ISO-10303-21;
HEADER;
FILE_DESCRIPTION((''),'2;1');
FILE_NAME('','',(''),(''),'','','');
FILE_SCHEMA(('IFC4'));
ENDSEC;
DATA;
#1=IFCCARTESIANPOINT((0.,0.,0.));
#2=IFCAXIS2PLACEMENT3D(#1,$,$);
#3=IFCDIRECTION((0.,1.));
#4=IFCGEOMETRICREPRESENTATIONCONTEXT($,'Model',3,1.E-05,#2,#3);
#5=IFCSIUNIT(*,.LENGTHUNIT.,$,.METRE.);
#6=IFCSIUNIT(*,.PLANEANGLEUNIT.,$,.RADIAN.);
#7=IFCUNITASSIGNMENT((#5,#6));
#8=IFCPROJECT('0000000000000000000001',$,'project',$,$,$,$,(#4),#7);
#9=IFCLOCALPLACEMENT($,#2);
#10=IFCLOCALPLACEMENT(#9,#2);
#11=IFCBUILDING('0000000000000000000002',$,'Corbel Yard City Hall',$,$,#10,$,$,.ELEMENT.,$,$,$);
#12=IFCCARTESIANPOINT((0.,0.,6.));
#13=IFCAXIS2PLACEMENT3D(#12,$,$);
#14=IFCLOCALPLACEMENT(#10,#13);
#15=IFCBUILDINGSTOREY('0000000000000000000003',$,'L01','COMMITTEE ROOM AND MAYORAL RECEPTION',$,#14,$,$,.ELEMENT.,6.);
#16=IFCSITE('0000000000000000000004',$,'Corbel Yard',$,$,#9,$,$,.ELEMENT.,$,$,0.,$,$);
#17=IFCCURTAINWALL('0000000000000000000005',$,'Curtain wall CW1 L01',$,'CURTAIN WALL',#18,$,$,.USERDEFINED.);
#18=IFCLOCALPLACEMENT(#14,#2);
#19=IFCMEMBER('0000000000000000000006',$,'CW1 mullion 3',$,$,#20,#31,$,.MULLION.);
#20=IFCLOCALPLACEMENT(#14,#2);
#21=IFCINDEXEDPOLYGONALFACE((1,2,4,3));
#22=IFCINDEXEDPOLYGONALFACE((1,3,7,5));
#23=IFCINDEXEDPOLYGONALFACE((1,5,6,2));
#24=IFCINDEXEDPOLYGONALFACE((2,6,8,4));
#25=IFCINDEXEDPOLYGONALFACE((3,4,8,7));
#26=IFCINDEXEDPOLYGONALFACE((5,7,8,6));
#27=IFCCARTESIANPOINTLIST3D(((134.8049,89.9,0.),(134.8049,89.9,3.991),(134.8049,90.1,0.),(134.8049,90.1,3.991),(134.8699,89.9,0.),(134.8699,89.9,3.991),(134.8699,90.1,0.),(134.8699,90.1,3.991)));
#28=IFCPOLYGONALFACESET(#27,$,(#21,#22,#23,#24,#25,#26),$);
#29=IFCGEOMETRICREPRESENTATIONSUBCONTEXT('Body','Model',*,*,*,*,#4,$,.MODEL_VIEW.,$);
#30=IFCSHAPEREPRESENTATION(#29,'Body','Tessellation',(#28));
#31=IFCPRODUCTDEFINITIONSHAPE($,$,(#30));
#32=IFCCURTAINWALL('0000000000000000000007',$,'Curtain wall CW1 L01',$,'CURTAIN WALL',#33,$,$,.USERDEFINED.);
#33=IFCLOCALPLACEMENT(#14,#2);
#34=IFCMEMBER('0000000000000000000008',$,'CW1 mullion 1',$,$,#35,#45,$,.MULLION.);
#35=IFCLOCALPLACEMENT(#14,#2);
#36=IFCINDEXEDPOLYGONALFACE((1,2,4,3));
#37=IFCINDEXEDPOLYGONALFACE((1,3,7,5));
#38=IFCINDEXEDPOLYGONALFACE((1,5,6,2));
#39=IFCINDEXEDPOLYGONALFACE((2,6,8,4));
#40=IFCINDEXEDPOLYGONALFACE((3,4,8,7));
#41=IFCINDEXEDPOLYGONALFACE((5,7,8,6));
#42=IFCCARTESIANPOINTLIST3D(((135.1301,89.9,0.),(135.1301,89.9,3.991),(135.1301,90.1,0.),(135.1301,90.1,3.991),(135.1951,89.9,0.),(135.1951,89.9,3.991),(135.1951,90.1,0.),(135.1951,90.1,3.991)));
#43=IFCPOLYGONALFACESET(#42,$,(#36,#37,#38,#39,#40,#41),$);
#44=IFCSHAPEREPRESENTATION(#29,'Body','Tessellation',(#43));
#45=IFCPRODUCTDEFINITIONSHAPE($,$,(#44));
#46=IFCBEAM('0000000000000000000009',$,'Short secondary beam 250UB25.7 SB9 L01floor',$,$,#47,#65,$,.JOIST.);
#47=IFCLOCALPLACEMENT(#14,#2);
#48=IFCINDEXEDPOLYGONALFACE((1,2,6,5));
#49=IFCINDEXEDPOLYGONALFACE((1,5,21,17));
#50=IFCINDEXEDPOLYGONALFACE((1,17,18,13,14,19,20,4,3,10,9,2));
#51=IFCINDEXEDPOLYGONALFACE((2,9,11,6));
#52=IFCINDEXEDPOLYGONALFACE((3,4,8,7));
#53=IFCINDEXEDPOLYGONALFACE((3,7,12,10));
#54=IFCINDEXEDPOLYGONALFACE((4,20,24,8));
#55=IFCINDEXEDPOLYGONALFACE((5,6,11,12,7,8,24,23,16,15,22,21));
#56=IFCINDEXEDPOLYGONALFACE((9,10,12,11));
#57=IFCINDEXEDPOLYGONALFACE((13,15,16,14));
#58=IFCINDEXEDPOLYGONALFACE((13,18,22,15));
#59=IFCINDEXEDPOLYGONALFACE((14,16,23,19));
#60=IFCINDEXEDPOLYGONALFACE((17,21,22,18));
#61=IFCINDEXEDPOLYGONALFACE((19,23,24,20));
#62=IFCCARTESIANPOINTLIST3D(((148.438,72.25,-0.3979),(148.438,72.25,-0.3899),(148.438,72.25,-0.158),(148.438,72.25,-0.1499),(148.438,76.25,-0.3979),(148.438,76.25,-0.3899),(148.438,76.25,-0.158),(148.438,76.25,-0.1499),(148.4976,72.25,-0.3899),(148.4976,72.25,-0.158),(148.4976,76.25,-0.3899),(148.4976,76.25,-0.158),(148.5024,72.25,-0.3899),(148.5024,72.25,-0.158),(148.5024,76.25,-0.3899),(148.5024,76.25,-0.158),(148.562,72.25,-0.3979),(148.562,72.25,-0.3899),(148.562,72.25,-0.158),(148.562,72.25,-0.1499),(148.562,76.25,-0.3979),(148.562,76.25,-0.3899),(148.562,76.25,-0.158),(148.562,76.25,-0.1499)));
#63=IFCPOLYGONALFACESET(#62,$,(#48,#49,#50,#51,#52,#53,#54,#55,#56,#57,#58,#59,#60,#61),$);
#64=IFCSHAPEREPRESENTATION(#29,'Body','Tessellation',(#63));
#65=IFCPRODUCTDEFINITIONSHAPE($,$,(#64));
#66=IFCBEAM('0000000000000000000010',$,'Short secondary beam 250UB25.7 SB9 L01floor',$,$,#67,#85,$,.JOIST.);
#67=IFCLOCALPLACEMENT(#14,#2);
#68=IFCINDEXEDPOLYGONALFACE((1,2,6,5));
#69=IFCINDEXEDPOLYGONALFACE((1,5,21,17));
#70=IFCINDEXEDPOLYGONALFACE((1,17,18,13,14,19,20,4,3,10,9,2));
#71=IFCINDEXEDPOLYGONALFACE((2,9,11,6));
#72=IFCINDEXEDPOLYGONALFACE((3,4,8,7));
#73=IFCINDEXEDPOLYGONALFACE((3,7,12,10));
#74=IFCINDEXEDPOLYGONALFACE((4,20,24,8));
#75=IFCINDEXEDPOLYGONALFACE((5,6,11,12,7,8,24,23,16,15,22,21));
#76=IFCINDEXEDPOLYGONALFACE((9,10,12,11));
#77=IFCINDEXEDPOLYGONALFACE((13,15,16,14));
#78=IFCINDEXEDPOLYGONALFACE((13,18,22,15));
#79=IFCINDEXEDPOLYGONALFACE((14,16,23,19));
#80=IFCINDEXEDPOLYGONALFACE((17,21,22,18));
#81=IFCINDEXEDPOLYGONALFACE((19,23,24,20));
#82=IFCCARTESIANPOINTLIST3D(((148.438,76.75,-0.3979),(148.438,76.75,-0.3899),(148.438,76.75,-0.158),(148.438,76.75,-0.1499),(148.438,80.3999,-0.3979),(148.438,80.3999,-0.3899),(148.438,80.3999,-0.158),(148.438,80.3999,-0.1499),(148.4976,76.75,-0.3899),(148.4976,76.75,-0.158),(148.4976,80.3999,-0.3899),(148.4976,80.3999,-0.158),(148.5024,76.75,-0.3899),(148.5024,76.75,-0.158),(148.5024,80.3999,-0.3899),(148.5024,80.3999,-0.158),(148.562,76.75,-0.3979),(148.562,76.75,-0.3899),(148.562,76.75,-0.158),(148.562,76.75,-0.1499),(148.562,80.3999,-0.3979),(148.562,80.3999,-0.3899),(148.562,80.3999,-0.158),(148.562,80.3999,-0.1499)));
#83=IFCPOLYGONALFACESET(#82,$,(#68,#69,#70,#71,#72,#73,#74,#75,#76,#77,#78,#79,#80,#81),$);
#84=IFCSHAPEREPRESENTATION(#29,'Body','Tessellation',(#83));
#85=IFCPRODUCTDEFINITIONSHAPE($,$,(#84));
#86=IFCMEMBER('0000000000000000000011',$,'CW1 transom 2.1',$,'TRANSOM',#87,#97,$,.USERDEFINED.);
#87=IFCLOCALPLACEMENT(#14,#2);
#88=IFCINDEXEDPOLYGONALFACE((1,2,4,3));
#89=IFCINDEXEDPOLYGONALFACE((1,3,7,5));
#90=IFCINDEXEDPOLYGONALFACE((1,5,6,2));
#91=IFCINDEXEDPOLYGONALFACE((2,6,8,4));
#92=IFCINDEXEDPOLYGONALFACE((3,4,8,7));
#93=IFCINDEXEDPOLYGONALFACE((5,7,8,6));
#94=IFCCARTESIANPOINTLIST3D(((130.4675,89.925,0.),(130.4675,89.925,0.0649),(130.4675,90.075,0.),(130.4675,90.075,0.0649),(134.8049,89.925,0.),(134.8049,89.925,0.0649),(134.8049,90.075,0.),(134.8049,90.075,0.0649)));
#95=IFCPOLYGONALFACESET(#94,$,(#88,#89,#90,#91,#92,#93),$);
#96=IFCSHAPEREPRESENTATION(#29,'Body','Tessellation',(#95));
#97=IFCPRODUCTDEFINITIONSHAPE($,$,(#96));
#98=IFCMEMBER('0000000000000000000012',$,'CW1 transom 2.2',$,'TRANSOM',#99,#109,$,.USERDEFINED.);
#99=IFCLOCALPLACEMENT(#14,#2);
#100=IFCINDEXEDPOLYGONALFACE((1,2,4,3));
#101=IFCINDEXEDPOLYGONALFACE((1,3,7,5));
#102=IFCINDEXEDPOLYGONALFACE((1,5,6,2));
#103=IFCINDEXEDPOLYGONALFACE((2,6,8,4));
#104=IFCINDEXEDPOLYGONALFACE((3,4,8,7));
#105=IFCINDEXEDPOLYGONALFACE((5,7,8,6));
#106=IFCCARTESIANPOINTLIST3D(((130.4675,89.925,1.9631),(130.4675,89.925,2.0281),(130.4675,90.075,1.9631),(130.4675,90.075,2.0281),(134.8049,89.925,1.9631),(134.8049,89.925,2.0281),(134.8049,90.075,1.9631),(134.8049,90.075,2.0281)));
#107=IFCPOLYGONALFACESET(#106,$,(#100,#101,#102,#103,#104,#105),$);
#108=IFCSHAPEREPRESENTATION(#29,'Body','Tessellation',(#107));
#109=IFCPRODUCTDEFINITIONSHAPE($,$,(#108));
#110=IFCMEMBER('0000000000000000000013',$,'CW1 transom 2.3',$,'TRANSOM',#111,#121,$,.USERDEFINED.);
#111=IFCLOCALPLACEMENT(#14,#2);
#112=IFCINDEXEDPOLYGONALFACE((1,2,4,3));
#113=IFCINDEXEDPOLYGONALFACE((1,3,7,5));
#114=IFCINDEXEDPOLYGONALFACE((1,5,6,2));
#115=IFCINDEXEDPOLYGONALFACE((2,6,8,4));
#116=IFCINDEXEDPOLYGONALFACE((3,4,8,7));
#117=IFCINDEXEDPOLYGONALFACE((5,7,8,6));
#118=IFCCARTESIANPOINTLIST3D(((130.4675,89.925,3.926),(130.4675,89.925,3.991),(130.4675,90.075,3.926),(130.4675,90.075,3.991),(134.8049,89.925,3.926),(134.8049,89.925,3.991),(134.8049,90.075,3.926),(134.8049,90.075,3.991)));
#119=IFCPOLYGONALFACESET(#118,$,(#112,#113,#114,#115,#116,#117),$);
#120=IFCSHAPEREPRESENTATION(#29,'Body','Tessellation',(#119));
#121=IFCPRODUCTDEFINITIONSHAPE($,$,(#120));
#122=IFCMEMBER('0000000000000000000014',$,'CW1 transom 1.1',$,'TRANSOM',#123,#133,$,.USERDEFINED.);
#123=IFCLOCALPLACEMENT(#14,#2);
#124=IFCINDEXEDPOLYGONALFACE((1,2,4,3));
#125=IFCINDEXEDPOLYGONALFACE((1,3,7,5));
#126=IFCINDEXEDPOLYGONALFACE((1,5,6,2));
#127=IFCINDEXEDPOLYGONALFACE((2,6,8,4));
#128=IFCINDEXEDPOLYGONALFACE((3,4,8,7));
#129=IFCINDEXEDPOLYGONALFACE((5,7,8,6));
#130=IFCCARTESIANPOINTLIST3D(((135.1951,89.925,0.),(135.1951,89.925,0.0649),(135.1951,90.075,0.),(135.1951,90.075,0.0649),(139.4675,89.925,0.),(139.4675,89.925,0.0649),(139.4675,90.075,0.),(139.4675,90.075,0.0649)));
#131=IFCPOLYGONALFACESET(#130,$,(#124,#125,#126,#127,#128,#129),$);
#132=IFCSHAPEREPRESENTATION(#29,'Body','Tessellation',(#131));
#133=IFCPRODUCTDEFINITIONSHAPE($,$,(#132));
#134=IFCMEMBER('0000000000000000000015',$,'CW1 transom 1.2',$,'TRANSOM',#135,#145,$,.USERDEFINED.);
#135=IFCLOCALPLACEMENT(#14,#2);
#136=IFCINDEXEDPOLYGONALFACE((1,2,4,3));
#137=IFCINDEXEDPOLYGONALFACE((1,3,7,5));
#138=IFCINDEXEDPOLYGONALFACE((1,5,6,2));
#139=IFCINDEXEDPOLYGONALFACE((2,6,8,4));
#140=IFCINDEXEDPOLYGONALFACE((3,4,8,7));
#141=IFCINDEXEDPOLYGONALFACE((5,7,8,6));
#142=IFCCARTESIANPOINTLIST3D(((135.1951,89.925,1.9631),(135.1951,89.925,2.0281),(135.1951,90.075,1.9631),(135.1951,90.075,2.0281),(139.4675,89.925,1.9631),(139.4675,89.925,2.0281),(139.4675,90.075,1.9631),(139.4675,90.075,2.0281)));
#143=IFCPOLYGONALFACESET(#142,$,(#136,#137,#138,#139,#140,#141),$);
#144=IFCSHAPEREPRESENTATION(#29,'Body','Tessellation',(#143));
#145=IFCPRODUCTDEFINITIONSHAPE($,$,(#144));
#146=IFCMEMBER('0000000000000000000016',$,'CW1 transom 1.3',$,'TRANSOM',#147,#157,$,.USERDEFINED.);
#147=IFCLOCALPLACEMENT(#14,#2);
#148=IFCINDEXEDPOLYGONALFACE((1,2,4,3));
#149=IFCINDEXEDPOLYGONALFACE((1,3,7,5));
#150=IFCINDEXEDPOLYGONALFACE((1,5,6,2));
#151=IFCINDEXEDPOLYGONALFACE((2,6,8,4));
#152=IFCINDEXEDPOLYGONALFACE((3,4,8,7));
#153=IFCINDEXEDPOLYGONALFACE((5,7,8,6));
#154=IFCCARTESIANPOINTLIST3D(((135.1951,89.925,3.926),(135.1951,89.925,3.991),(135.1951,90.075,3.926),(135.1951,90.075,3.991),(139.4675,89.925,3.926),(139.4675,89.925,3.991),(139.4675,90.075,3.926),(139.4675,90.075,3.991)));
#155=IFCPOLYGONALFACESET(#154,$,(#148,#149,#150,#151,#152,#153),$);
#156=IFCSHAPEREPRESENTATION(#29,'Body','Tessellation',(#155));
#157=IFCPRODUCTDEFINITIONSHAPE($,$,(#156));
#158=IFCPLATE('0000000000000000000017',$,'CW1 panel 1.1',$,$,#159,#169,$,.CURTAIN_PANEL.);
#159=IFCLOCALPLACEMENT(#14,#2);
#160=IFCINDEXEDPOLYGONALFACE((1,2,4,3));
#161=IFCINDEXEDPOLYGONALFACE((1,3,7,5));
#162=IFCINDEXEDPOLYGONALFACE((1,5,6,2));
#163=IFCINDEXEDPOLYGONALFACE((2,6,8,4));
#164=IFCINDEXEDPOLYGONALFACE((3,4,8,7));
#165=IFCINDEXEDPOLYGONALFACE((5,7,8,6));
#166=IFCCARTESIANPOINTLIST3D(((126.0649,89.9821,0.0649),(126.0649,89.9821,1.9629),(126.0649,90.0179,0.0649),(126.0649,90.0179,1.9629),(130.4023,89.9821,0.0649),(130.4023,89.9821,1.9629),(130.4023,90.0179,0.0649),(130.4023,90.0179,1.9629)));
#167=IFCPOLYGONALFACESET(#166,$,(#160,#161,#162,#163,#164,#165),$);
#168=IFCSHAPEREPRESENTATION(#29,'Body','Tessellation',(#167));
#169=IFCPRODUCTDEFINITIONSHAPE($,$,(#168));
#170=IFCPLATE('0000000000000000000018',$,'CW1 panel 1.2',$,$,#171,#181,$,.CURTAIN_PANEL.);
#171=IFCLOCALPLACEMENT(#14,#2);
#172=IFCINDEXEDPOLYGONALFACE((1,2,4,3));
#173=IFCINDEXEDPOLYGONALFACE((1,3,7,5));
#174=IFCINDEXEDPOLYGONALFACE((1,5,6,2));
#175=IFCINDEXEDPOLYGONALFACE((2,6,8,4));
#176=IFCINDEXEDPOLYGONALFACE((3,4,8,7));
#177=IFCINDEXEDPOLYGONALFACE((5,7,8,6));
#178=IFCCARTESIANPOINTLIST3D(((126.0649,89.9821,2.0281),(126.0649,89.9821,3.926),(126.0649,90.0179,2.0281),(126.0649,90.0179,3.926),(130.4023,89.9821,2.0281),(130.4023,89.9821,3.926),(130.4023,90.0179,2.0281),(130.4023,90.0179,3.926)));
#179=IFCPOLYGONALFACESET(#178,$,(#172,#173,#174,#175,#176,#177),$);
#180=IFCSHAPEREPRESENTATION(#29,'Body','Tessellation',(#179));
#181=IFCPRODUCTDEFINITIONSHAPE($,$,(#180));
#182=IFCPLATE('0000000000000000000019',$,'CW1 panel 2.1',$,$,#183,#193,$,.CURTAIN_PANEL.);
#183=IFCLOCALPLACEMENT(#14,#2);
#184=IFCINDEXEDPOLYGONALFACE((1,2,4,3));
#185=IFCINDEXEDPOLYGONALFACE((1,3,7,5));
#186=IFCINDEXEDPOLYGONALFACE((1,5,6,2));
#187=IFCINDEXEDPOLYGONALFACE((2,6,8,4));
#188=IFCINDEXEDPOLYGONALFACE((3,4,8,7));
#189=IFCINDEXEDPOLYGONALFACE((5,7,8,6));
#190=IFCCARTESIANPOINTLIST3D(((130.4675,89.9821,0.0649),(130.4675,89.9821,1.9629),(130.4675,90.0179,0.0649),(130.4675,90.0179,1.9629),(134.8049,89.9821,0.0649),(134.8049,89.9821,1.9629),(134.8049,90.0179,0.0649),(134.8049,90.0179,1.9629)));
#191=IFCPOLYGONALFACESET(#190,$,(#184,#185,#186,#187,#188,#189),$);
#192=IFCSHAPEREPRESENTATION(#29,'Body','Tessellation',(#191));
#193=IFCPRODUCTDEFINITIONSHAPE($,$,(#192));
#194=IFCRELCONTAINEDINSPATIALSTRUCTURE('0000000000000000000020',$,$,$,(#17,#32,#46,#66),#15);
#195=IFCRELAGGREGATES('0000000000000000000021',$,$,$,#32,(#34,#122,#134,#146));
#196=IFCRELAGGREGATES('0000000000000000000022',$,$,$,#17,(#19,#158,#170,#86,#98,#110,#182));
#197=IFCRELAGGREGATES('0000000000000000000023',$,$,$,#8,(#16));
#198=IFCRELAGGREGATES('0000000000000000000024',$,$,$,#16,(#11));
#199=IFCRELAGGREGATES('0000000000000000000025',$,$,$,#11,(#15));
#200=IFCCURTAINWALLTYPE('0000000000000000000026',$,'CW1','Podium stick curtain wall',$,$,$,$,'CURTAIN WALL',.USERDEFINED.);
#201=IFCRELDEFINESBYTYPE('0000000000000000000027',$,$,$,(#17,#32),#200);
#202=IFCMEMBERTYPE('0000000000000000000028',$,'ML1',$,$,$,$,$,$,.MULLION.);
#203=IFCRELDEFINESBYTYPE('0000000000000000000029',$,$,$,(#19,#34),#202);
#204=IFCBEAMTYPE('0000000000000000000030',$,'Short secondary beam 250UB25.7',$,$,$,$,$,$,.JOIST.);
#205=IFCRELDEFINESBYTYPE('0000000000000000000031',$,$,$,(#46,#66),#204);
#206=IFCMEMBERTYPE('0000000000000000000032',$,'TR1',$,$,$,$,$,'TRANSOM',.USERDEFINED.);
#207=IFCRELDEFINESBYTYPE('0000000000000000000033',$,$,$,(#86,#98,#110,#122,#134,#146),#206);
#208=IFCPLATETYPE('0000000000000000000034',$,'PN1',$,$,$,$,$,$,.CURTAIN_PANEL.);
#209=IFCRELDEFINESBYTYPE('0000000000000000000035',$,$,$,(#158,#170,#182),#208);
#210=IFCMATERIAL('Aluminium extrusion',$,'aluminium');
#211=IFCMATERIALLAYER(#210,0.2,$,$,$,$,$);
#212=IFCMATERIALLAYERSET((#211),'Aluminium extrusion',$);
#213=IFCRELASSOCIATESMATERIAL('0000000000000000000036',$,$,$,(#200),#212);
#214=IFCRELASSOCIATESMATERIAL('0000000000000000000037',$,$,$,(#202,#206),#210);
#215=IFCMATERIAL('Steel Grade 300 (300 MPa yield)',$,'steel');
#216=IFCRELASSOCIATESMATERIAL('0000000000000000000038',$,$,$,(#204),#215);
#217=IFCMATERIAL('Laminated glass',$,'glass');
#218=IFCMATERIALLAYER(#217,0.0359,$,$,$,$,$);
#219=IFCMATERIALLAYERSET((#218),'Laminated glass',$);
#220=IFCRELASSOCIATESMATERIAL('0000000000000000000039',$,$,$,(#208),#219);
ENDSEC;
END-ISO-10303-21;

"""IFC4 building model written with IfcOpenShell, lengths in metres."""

from ifc_helpers import new_model, si_unit, direction, frame, origin, origin_2d, place, context, subcontext, project, spatial, rectangle, i_section, extrude, material, layer, layer_set, material_profile, profile_set, type_object, element, aggregate, save


model = new_model("IFC4")

# Units and contexts
model_context = context("Model", 3, precision=1e-05, world=origin(), true_north=direction((0.0, 1.0)))
body_context = subcontext(model_context, "Body", "Model", "MODEL_VIEW")
ifc_project = project(units=[si_unit("LENGTHUNIT", "METRE"), si_unit("PLANEANGLEUNIT", "RADIAN")], contexts=[model_context])

# Site, building, storey
site_placement = place(None, origin())
site = spatial("IfcSite", under=ifc_project, at=site_placement, Name="Corbel Yard", CompositionType="ELEMENT", RefElevation=0.0)
building_placement = place(site_placement, origin())
building = spatial("IfcBuilding", under=site, at=building_placement, Name="Corbel Yard City Hall", CompositionType="ELEMENT")
storey_placement = place(building_placement, frame((0.0, 0.0, 6.0)))
storey = spatial("IfcBuildingStorey", under=building, at=storey_placement, Name="L01", Description="COMMITTEE ROOM AND MAYORAL RECEPTION", CompositionType="ELEMENT", Elevation=6.0)

# Shared definitions
ifc_material_1 = material(Name="Steel Grade 300 (300 MPa yield)", Category="steel")

# Curtain wall, member
ifc_material_2 = material(Name="Aluminium extrusion", Category="aluminium")
ifc_layer_1 = layer(ifc_material_2, 0.2)
ifc_layer_set_1 = layer_set([ifc_layer_1], Name="Aluminium extrusion")
curtain_wall_type = type_object("IfcCurtainWallType", Name="CW1", Description="Podium stick curtain wall", ElementType="CURTAIN WALL", PredefinedType="USERDEFINED", material=ifc_layer_set_1)
curtain_wall_1_placement = place(storey_placement, origin())
curtain_wall_1 = element("IfcCurtainWall", 1, at=curtain_wall_1_placement, inside=storey, type_object=curtain_wall_type, Name="Curtain wall CW1 L01", ObjectType="CURTAIN WALL", PredefinedType="USERDEFINED")
ifc_material_profile_1 = material_profile(ifc_material_2, rectangle(XDim=0.2, YDim=0.0649, at=origin_2d()), Name="200x65")
ifc_profile_set_1 = profile_set([ifc_material_profile_1], Name="Aluminium extrusion")
member_type_1 = type_object("IfcMemberType", Name="ML1", PredefinedType="MULLION", material=ifc_profile_set_1)
member_1_placement = place(storey_placement, frame((134.8374, 90.0, 0.0), z_axis=(0.0, 0.0, 1.0), x_axis=(0.0, 1.0, 0.0)))
member_1 = element("IfcMember", 2, at=member_1_placement, type_object=member_type_1, Name="CW1 mullion 3", PredefinedType="MULLION", context=body_context, shape_type="SweptSolid", body=[
    extrude(rectangle(XDim=0.2, YDim=0.0649, at=origin_2d()), origin(), (0.0, 0.0, 1.0), 3.991),
])

# Curtain wall, member
curtain_wall_2_placement = place(storey_placement, origin())
curtain_wall_2 = element("IfcCurtainWall", 3, at=curtain_wall_2_placement, inside=storey, type_object=curtain_wall_type, Name="Curtain wall CW1 L01", ObjectType="CURTAIN WALL", PredefinedType="USERDEFINED")
member_2_placement = place(storey_placement, frame((135.1626, 90.0, 0.0), z_axis=(0.0, 0.0, 1.0), x_axis=(0.0, 1.0, 0.0)))
member_2 = element("IfcMember", 4, at=member_2_placement, type_object=member_type_1, Name="CW1 mullion 1", PredefinedType="MULLION", context=body_context, shape_type="SweptSolid", body=[
    extrude(rectangle(XDim=0.2, YDim=0.0649, at=origin_2d()), origin(), (0.0, 0.0, 1.0), 3.991),
])

# Beams
ifc_material_profile_2 = material_profile(ifc_material_1, i_section(OverallWidth=0.124, OverallDepth=0.248, WebThickness=0.0049, FlangeThickness=0.0081, at=origin_2d()), Name="250UB25.7")
ifc_profile_set_2 = profile_set([ifc_material_profile_2], Name="Steel Grade 300 (300 MPa yield)")
beam_type_1 = type_object("IfcBeamType", Name="Short secondary beam 250UB25.7", PredefinedType="JOIST", material=ifc_profile_set_2)
beam_1_placement = place(storey_placement, frame((148.5, 72.25, -0.2739), z_axis=(0.0, 1.0, 0.0), x_axis=(-1.0, 0.0, 0.0)))
element("IfcBeam", 5, at=beam_1_placement, inside=storey, type_object=beam_type_1, Name="Short secondary beam 250UB25.7 SB9 L01floor", PredefinedType="JOIST", context=body_context, shape_type="SweptSolid", body=[
    extrude(i_section(OverallWidth=0.124, OverallDepth=0.248, WebThickness=0.0049, FlangeThickness=0.0081, at=origin_2d()), origin(), (0.0, 0.0, 1.0), 4.0),
])
beam_2_placement = place(storey_placement, frame((148.5, 76.75, -0.2739), z_axis=(0.0, 1.0, 0.0), x_axis=(-1.0, 0.0, 0.0)))
element("IfcBeam", 6, at=beam_2_placement, inside=storey, type_object=beam_type_1, Name="Short secondary beam 250UB25.7 SB9 L01floor", PredefinedType="JOIST", context=body_context, shape_type="SweptSolid", body=[
    extrude(i_section(OverallWidth=0.124, OverallDepth=0.248, WebThickness=0.0049, FlangeThickness=0.0081, at=origin_2d()), origin(), (0.0, 0.0, 1.0), 3.6499),
])

# Members
ifc_material_profile_3 = material_profile(ifc_material_2, rectangle(XDim=0.1499, YDim=0.0649, at=origin_2d()), Name="150x65")
ifc_profile_set_3 = profile_set([ifc_material_profile_3], Name="Aluminium extrusion")
member_type_2 = type_object("IfcMemberType", Name="TR1", ElementType="TRANSOM", PredefinedType="USERDEFINED", material=ifc_profile_set_3)
member_3_placement = place(storey_placement, frame((130.4675, 90.0, 0.0325), z_axis=(1.0, 0.0, 0.0), x_axis=(0.0, 1.0, 0.0)))
member_3 = element("IfcMember", 7, at=member_3_placement, type_object=member_type_2, Name="CW1 transom 2.1", ObjectType="TRANSOM", PredefinedType="USERDEFINED", context=body_context, shape_type="SweptSolid", body=[
    extrude(rectangle(XDim=0.1499, YDim=0.0649, at=origin_2d()), origin(), (0.0, 0.0, 1.0), 4.3374),
])
member_4_placement = place(storey_placement, frame((130.4675, 90.0, 1.9956), z_axis=(1.0, 0.0, 0.0), x_axis=(0.0, 1.0, 0.0)))
member_4 = element("IfcMember", 8, at=member_4_placement, type_object=member_type_2, Name="CW1 transom 2.2", ObjectType="TRANSOM", PredefinedType="USERDEFINED", context=body_context, shape_type="SweptSolid", body=[
    extrude(rectangle(XDim=0.1499, YDim=0.0649, at=origin_2d()), origin(), (0.0, 0.0, 1.0), 4.3374),
])
member_5_placement = place(storey_placement, frame((130.4675, 90.0, 3.9585), z_axis=(1.0, 0.0, 0.0), x_axis=(0.0, 1.0, 0.0)))
member_5 = element("IfcMember", 9, at=member_5_placement, type_object=member_type_2, Name="CW1 transom 2.3", ObjectType="TRANSOM", PredefinedType="USERDEFINED", context=body_context, shape_type="SweptSolid", body=[
    extrude(rectangle(XDim=0.1499, YDim=0.0649, at=origin_2d()), origin(), (0.0, 0.0, 1.0), 4.3374),
])
member_6_placement = place(storey_placement, frame((135.1951, 90.0, 0.0325), z_axis=(1.0, 0.0, 0.0), x_axis=(0.0, 1.0, 0.0)))
member_6 = element("IfcMember", 10, at=member_6_placement, type_object=member_type_2, Name="CW1 transom 1.1", ObjectType="TRANSOM", PredefinedType="USERDEFINED", context=body_context, shape_type="SweptSolid", body=[
    extrude(rectangle(XDim=0.1499, YDim=0.0649, at=origin_2d()), origin(), (0.0, 0.0, 1.0), 4.2725),
])
member_7_placement = place(storey_placement, frame((135.1951, 90.0, 1.9956), z_axis=(1.0, 0.0, 0.0), x_axis=(0.0, 1.0, 0.0)))
member_7 = element("IfcMember", 11, at=member_7_placement, type_object=member_type_2, Name="CW1 transom 1.2", ObjectType="TRANSOM", PredefinedType="USERDEFINED", context=body_context, shape_type="SweptSolid", body=[
    extrude(rectangle(XDim=0.1499, YDim=0.0649, at=origin_2d()), origin(), (0.0, 0.0, 1.0), 4.2725),
])
member_8_placement = place(storey_placement, frame((135.1951, 90.0, 3.9585), z_axis=(1.0, 0.0, 0.0), x_axis=(0.0, 1.0, 0.0)))
member_8 = element("IfcMember", 12, at=member_8_placement, type_object=member_type_2, Name="CW1 transom 1.3", ObjectType="TRANSOM", PredefinedType="USERDEFINED", context=body_context, shape_type="SweptSolid", body=[
    extrude(rectangle(XDim=0.1499, YDim=0.0649, at=origin_2d()), origin(), (0.0, 0.0, 1.0), 4.2725),
])
aggregate(curtain_wall_2, [member_2, member_6, member_7, member_8])

# Plates
ifc_material_3 = material(Name="Laminated glass", Category="glass")
ifc_layer_2 = layer(ifc_material_3, 0.0359)
ifc_layer_set_2 = layer_set([ifc_layer_2], Name="Laminated glass")
plate_type = type_object("IfcPlateType", Name="PN1", PredefinedType="CURTAIN_PANEL", material=ifc_layer_set_2)
plate_1_placement = place(storey_placement, frame((128.2336, 90.0, 0.0649), z_axis=(0.0, 0.0, 1.0), x_axis=(1.0, 0.0, 0.0)))
plate_1 = element("IfcPlate", 13, at=plate_1_placement, type_object=plate_type, Name="CW1 panel 1.1", PredefinedType="CURTAIN_PANEL", context=body_context, shape_type="SweptSolid", body=[
    extrude(rectangle(XDim=4.3374, YDim=0.0359, at=origin_2d()), origin(), (0.0, 0.0, 1.0), 1.8979),
])
plate_2_placement = place(storey_placement, frame((128.2336, 90.0, 2.0281), z_axis=(0.0, 0.0, 1.0), x_axis=(1.0, 0.0, 0.0)))
plate_2 = element("IfcPlate", 14, at=plate_2_placement, type_object=plate_type, Name="CW1 panel 1.2", PredefinedType="CURTAIN_PANEL", context=body_context, shape_type="SweptSolid", body=[
    extrude(rectangle(XDim=4.3374, YDim=0.0359, at=origin_2d()), origin(), (0.0, 0.0, 1.0), 1.8979),
])
plate_3_placement = place(storey_placement, frame((132.6362, 90.0, 0.0649), z_axis=(0.0, 0.0, 1.0), x_axis=(1.0, 0.0, 0.0)))
plate_3 = element("IfcPlate", 15, at=plate_3_placement, type_object=plate_type, Name="CW1 panel 2.1", PredefinedType="CURTAIN_PANEL", context=body_context, shape_type="SweptSolid", body=[
    extrude(rectangle(XDim=4.3374, YDim=0.0359, at=origin_2d()), origin(), (0.0, 0.0, 1.0), 1.8979),
])
aggregate(curtain_wall_1, [member_1, plate_1, plate_2, member_3, member_4, member_5, plate_3])

save(model, "model.ifc")
